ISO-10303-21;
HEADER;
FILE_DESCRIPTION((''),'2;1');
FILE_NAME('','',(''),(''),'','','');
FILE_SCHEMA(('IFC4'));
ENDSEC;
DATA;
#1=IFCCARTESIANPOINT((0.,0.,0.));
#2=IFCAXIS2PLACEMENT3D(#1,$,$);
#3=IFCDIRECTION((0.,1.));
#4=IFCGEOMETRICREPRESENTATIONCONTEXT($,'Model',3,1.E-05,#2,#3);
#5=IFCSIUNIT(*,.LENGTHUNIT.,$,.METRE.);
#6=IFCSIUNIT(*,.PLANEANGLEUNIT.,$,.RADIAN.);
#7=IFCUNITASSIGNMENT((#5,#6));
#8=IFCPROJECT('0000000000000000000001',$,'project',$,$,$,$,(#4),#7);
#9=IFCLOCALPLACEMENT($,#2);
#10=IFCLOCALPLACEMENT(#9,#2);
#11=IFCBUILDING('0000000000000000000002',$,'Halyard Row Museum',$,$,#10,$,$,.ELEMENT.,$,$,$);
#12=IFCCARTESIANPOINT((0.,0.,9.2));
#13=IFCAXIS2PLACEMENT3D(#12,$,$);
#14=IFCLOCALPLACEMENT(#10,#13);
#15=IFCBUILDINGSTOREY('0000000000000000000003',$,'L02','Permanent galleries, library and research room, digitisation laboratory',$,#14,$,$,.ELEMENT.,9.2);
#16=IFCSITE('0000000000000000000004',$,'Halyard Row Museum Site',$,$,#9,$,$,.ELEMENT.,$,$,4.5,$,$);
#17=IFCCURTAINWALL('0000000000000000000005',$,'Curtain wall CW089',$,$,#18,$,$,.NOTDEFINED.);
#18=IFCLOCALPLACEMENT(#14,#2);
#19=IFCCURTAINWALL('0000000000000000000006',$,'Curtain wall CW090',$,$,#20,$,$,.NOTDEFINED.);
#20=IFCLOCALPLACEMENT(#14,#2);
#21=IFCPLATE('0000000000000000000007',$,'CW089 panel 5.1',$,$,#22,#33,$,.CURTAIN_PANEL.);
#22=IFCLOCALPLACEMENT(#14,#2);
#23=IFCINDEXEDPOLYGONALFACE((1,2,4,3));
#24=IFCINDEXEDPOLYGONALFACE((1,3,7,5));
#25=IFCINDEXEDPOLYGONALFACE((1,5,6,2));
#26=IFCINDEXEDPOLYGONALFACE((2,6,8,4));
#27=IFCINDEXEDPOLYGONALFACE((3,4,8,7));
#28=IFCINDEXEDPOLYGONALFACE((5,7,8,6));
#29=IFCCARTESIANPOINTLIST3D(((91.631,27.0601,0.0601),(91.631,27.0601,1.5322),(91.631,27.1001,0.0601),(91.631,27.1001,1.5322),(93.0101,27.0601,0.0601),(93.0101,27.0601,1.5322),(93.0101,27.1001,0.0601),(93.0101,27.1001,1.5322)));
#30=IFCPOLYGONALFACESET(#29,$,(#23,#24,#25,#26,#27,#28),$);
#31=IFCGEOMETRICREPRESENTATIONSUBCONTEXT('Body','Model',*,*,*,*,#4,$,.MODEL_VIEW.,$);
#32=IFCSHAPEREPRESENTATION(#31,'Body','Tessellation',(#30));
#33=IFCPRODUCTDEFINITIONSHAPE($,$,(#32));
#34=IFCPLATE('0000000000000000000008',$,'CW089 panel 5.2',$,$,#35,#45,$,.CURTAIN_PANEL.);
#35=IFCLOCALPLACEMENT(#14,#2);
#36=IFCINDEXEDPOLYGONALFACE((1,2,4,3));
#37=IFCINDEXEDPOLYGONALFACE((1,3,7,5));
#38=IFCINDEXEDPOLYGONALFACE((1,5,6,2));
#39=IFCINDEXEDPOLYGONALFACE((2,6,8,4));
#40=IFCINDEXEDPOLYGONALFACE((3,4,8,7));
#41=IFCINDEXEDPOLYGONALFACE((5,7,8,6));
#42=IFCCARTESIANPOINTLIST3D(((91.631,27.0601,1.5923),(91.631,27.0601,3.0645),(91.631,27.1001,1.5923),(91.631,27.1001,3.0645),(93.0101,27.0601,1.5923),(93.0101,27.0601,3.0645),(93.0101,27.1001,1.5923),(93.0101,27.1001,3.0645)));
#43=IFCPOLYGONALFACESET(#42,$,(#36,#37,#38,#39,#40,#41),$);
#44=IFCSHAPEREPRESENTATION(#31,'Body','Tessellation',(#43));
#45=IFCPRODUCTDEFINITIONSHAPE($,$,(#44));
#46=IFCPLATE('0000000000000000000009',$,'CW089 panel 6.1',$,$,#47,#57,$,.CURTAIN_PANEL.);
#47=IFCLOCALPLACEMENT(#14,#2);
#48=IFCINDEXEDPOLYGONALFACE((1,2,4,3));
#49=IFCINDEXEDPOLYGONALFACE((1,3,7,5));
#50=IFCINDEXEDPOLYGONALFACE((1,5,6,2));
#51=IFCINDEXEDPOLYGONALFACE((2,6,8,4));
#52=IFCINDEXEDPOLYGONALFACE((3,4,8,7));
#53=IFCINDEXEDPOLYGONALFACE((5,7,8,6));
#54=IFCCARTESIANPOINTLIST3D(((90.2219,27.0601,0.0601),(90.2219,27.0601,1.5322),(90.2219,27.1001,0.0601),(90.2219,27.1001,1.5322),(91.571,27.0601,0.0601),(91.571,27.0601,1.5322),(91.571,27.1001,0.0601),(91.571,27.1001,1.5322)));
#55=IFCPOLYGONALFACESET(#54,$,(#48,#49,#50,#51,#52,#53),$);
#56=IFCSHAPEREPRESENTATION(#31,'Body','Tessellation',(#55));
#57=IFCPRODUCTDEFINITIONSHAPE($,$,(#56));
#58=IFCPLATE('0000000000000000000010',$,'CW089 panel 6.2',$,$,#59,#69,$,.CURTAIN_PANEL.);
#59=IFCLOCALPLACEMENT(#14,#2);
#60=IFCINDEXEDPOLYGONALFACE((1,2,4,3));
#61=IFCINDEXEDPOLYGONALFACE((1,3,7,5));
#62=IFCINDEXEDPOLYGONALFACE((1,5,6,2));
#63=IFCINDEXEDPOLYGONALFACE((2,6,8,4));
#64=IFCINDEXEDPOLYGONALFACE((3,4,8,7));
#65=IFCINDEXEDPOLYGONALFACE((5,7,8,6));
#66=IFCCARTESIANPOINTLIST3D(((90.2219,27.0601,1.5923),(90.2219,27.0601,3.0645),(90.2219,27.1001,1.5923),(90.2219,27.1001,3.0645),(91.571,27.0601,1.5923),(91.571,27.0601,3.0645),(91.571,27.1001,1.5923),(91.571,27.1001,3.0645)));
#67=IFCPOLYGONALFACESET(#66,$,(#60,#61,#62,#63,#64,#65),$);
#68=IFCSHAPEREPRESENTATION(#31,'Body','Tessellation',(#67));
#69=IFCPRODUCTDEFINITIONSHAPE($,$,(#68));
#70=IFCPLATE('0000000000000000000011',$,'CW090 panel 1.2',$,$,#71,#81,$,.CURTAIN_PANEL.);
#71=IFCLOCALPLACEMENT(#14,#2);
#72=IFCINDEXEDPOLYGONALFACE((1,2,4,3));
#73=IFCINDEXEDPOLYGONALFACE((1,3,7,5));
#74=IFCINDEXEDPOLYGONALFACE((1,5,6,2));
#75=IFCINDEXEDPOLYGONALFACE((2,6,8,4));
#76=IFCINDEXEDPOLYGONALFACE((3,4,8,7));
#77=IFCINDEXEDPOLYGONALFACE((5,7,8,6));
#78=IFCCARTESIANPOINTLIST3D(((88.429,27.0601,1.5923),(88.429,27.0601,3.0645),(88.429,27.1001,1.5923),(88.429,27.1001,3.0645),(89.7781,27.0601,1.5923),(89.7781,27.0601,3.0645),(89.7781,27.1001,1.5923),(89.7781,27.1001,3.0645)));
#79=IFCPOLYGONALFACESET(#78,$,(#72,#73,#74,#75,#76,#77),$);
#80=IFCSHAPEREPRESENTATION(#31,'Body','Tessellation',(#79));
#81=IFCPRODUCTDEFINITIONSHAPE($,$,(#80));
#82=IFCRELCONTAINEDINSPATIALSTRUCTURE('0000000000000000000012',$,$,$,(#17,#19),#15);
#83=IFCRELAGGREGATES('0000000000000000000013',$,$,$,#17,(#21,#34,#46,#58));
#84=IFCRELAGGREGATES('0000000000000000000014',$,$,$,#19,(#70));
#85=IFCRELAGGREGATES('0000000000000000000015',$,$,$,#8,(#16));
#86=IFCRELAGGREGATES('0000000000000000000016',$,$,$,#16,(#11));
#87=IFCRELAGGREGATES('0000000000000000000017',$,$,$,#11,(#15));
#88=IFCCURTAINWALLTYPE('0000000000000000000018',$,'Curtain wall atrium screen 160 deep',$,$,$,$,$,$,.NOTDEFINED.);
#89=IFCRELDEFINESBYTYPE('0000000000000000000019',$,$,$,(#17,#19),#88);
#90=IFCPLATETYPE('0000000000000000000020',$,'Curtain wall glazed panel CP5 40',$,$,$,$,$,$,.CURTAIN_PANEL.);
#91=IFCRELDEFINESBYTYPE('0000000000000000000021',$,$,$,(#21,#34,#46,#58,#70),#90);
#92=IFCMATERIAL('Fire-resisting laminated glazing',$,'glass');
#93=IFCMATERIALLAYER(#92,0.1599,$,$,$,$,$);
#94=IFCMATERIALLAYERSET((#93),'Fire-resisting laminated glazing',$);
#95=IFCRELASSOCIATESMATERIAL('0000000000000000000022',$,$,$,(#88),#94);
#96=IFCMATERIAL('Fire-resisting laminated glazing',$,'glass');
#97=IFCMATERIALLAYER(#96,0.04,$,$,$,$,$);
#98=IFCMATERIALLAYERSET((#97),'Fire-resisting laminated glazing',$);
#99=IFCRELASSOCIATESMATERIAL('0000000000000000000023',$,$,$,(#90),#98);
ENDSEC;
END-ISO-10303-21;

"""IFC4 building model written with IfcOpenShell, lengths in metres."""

from ifc_helpers import new_model, si_unit, direction, frame, origin, origin_2d, place, context, subcontext, project, spatial, rectangle, extrude, material, layer, layer_set, type_object, element, aggregate, save


model = new_model("IFC4")

# Units and contexts
model_context = context("Model", 3, precision=1e-05, world=origin(), true_north=direction((0.0, 1.0)))
body_context = subcontext(model_context, "Body", "Model", "MODEL_VIEW")
ifc_project = project(units=[si_unit("LENGTHUNIT", "METRE"), si_unit("PLANEANGLEUNIT", "RADIAN")], contexts=[model_context])

# Site, building, storey
site_placement = place(None, origin())
site = spatial("IfcSite", under=ifc_project, at=site_placement, Name="Halyard Row Museum Site", CompositionType="ELEMENT", RefElevation=4.5)
building_placement = place(site_placement, origin())
building = spatial("IfcBuilding", under=site, at=building_placement, Name="Halyard Row Museum", CompositionType="ELEMENT")
storey_placement = place(building_placement, frame((0.0, 0.0, 9.2)))
storey = spatial("IfcBuildingStorey", under=building, at=storey_placement, Name="L02", Description="Permanent galleries, library and research room, digitisation laboratory", CompositionType="ELEMENT", Elevation=9.2)

# Curtain wall
ifc_material_1 = material(Name="Fire-resisting laminated glazing", Category="glass")
ifc_layer_1 = layer(ifc_material_1, 0.1599)
ifc_layer_set_1 = layer_set([ifc_layer_1], Name="Fire-resisting laminated glazing")
curtain_wall_type = type_object("IfcCurtainWallType", Name="Curtain wall atrium screen 160 deep", PredefinedType="NOTDEFINED", material=ifc_layer_set_1)
curtain_wall_1_placement = place(storey_placement, origin())
curtain_wall_1 = element("IfcCurtainWall", 1, at=curtain_wall_1_placement, inside=storey, type_object=curtain_wall_type, Name="Curtain wall CW089", PredefinedType="NOTDEFINED")

# Curtain wall
curtain_wall_2_placement = place(storey_placement, origin())
curtain_wall_2 = element("IfcCurtainWall", 2, at=curtain_wall_2_placement, inside=storey, type_object=curtain_wall_type, Name="Curtain wall CW090", PredefinedType="NOTDEFINED")

# Plates
ifc_material_2 = material(Name="Fire-resisting laminated glazing", Category="glass")
ifc_layer_2 = layer(ifc_material_2, 0.04)
ifc_layer_set_2 = layer_set([ifc_layer_2], Name="Fire-resisting laminated glazing")
plate_type = type_object("IfcPlateType", Name="Curtain wall glazed panel CP5 40", PredefinedType="CURTAIN_PANEL", material=ifc_layer_set_2)
plate_1_placement = place(storey_placement, frame((92.3206, 27.0801, 0.0601), z_axis=(0.0, 0.0, 1.0), x_axis=(-1.0, 0.0, 0.0)))
plate_1 = element("IfcPlate", 3, at=plate_1_placement, type_object=plate_type, Name="CW089 panel 5.1", PredefinedType="CURTAIN_PANEL", context=body_context, shape_type="SweptSolid", body=[
    extrude(rectangle(XDim=1.3792, YDim=0.04, at=origin_2d()), origin(), (0.0, 0.0, 1.0), 1.4722),
])
plate_2_placement = place(storey_placement, frame((92.3206, 27.0801, 1.5923), z_axis=(0.0, 0.0, 1.0), x_axis=(-1.0, 0.0, 0.0)))
plate_2 = element("IfcPlate", 4, at=plate_2_placement, type_object=plate_type, Name="CW089 panel 5.2", PredefinedType="CURTAIN_PANEL", context=body_context, shape_type="SweptSolid", body=[
    extrude(rectangle(XDim=1.3792, YDim=0.04, at=origin_2d()), origin(), (0.0, 0.0, 1.0), 1.4722),
])
plate_3_placement = place(storey_placement, frame((90.8965, 27.0801, 0.0601), z_axis=(0.0, 0.0, 1.0), x_axis=(-1.0, 0.0, 0.0)))
plate_3 = element("IfcPlate", 5, at=plate_3_placement, type_object=plate_type, Name="CW089 panel 6.1", PredefinedType="CURTAIN_PANEL", context=body_context, shape_type="SweptSolid", body=[
    extrude(rectangle(XDim=1.3491, YDim=0.04, at=origin_2d()), origin(), (0.0, 0.0, 1.0), 1.4722),
])
plate_4_placement = place(storey_placement, frame((90.8965, 27.0801, 1.5923), z_axis=(0.0, 0.0, 1.0), x_axis=(-1.0, 0.0, 0.0)))
plate_4 = element("IfcPlate", 6, at=plate_4_placement, type_object=plate_type, Name="CW089 panel 6.2", PredefinedType="CURTAIN_PANEL", context=body_context, shape_type="SweptSolid", body=[
    extrude(rectangle(XDim=1.3491, YDim=0.04, at=origin_2d()), origin(), (0.0, 0.0, 1.0), 1.4722),
])
aggregate(curtain_wall_1, [plate_1, plate_2, plate_3, plate_4])
plate_5_placement = place(storey_placement, frame((89.1035, 27.0801, 1.5923), z_axis=(0.0, 0.0, 1.0), x_axis=(-1.0, 0.0, 0.0)))
plate_5 = element("IfcPlate", 7, at=plate_5_placement, type_object=plate_type, Name="CW090 panel 1.2", PredefinedType="CURTAIN_PANEL", context=body_context, shape_type="SweptSolid", body=[
    extrude(rectangle(XDim=1.3491, YDim=0.04, at=origin_2d()), origin(), (0.0, 0.0, 1.0), 1.4722),
])
aggregate(curtain_wall_2, [plate_5])

save(model, "model.ifc")
